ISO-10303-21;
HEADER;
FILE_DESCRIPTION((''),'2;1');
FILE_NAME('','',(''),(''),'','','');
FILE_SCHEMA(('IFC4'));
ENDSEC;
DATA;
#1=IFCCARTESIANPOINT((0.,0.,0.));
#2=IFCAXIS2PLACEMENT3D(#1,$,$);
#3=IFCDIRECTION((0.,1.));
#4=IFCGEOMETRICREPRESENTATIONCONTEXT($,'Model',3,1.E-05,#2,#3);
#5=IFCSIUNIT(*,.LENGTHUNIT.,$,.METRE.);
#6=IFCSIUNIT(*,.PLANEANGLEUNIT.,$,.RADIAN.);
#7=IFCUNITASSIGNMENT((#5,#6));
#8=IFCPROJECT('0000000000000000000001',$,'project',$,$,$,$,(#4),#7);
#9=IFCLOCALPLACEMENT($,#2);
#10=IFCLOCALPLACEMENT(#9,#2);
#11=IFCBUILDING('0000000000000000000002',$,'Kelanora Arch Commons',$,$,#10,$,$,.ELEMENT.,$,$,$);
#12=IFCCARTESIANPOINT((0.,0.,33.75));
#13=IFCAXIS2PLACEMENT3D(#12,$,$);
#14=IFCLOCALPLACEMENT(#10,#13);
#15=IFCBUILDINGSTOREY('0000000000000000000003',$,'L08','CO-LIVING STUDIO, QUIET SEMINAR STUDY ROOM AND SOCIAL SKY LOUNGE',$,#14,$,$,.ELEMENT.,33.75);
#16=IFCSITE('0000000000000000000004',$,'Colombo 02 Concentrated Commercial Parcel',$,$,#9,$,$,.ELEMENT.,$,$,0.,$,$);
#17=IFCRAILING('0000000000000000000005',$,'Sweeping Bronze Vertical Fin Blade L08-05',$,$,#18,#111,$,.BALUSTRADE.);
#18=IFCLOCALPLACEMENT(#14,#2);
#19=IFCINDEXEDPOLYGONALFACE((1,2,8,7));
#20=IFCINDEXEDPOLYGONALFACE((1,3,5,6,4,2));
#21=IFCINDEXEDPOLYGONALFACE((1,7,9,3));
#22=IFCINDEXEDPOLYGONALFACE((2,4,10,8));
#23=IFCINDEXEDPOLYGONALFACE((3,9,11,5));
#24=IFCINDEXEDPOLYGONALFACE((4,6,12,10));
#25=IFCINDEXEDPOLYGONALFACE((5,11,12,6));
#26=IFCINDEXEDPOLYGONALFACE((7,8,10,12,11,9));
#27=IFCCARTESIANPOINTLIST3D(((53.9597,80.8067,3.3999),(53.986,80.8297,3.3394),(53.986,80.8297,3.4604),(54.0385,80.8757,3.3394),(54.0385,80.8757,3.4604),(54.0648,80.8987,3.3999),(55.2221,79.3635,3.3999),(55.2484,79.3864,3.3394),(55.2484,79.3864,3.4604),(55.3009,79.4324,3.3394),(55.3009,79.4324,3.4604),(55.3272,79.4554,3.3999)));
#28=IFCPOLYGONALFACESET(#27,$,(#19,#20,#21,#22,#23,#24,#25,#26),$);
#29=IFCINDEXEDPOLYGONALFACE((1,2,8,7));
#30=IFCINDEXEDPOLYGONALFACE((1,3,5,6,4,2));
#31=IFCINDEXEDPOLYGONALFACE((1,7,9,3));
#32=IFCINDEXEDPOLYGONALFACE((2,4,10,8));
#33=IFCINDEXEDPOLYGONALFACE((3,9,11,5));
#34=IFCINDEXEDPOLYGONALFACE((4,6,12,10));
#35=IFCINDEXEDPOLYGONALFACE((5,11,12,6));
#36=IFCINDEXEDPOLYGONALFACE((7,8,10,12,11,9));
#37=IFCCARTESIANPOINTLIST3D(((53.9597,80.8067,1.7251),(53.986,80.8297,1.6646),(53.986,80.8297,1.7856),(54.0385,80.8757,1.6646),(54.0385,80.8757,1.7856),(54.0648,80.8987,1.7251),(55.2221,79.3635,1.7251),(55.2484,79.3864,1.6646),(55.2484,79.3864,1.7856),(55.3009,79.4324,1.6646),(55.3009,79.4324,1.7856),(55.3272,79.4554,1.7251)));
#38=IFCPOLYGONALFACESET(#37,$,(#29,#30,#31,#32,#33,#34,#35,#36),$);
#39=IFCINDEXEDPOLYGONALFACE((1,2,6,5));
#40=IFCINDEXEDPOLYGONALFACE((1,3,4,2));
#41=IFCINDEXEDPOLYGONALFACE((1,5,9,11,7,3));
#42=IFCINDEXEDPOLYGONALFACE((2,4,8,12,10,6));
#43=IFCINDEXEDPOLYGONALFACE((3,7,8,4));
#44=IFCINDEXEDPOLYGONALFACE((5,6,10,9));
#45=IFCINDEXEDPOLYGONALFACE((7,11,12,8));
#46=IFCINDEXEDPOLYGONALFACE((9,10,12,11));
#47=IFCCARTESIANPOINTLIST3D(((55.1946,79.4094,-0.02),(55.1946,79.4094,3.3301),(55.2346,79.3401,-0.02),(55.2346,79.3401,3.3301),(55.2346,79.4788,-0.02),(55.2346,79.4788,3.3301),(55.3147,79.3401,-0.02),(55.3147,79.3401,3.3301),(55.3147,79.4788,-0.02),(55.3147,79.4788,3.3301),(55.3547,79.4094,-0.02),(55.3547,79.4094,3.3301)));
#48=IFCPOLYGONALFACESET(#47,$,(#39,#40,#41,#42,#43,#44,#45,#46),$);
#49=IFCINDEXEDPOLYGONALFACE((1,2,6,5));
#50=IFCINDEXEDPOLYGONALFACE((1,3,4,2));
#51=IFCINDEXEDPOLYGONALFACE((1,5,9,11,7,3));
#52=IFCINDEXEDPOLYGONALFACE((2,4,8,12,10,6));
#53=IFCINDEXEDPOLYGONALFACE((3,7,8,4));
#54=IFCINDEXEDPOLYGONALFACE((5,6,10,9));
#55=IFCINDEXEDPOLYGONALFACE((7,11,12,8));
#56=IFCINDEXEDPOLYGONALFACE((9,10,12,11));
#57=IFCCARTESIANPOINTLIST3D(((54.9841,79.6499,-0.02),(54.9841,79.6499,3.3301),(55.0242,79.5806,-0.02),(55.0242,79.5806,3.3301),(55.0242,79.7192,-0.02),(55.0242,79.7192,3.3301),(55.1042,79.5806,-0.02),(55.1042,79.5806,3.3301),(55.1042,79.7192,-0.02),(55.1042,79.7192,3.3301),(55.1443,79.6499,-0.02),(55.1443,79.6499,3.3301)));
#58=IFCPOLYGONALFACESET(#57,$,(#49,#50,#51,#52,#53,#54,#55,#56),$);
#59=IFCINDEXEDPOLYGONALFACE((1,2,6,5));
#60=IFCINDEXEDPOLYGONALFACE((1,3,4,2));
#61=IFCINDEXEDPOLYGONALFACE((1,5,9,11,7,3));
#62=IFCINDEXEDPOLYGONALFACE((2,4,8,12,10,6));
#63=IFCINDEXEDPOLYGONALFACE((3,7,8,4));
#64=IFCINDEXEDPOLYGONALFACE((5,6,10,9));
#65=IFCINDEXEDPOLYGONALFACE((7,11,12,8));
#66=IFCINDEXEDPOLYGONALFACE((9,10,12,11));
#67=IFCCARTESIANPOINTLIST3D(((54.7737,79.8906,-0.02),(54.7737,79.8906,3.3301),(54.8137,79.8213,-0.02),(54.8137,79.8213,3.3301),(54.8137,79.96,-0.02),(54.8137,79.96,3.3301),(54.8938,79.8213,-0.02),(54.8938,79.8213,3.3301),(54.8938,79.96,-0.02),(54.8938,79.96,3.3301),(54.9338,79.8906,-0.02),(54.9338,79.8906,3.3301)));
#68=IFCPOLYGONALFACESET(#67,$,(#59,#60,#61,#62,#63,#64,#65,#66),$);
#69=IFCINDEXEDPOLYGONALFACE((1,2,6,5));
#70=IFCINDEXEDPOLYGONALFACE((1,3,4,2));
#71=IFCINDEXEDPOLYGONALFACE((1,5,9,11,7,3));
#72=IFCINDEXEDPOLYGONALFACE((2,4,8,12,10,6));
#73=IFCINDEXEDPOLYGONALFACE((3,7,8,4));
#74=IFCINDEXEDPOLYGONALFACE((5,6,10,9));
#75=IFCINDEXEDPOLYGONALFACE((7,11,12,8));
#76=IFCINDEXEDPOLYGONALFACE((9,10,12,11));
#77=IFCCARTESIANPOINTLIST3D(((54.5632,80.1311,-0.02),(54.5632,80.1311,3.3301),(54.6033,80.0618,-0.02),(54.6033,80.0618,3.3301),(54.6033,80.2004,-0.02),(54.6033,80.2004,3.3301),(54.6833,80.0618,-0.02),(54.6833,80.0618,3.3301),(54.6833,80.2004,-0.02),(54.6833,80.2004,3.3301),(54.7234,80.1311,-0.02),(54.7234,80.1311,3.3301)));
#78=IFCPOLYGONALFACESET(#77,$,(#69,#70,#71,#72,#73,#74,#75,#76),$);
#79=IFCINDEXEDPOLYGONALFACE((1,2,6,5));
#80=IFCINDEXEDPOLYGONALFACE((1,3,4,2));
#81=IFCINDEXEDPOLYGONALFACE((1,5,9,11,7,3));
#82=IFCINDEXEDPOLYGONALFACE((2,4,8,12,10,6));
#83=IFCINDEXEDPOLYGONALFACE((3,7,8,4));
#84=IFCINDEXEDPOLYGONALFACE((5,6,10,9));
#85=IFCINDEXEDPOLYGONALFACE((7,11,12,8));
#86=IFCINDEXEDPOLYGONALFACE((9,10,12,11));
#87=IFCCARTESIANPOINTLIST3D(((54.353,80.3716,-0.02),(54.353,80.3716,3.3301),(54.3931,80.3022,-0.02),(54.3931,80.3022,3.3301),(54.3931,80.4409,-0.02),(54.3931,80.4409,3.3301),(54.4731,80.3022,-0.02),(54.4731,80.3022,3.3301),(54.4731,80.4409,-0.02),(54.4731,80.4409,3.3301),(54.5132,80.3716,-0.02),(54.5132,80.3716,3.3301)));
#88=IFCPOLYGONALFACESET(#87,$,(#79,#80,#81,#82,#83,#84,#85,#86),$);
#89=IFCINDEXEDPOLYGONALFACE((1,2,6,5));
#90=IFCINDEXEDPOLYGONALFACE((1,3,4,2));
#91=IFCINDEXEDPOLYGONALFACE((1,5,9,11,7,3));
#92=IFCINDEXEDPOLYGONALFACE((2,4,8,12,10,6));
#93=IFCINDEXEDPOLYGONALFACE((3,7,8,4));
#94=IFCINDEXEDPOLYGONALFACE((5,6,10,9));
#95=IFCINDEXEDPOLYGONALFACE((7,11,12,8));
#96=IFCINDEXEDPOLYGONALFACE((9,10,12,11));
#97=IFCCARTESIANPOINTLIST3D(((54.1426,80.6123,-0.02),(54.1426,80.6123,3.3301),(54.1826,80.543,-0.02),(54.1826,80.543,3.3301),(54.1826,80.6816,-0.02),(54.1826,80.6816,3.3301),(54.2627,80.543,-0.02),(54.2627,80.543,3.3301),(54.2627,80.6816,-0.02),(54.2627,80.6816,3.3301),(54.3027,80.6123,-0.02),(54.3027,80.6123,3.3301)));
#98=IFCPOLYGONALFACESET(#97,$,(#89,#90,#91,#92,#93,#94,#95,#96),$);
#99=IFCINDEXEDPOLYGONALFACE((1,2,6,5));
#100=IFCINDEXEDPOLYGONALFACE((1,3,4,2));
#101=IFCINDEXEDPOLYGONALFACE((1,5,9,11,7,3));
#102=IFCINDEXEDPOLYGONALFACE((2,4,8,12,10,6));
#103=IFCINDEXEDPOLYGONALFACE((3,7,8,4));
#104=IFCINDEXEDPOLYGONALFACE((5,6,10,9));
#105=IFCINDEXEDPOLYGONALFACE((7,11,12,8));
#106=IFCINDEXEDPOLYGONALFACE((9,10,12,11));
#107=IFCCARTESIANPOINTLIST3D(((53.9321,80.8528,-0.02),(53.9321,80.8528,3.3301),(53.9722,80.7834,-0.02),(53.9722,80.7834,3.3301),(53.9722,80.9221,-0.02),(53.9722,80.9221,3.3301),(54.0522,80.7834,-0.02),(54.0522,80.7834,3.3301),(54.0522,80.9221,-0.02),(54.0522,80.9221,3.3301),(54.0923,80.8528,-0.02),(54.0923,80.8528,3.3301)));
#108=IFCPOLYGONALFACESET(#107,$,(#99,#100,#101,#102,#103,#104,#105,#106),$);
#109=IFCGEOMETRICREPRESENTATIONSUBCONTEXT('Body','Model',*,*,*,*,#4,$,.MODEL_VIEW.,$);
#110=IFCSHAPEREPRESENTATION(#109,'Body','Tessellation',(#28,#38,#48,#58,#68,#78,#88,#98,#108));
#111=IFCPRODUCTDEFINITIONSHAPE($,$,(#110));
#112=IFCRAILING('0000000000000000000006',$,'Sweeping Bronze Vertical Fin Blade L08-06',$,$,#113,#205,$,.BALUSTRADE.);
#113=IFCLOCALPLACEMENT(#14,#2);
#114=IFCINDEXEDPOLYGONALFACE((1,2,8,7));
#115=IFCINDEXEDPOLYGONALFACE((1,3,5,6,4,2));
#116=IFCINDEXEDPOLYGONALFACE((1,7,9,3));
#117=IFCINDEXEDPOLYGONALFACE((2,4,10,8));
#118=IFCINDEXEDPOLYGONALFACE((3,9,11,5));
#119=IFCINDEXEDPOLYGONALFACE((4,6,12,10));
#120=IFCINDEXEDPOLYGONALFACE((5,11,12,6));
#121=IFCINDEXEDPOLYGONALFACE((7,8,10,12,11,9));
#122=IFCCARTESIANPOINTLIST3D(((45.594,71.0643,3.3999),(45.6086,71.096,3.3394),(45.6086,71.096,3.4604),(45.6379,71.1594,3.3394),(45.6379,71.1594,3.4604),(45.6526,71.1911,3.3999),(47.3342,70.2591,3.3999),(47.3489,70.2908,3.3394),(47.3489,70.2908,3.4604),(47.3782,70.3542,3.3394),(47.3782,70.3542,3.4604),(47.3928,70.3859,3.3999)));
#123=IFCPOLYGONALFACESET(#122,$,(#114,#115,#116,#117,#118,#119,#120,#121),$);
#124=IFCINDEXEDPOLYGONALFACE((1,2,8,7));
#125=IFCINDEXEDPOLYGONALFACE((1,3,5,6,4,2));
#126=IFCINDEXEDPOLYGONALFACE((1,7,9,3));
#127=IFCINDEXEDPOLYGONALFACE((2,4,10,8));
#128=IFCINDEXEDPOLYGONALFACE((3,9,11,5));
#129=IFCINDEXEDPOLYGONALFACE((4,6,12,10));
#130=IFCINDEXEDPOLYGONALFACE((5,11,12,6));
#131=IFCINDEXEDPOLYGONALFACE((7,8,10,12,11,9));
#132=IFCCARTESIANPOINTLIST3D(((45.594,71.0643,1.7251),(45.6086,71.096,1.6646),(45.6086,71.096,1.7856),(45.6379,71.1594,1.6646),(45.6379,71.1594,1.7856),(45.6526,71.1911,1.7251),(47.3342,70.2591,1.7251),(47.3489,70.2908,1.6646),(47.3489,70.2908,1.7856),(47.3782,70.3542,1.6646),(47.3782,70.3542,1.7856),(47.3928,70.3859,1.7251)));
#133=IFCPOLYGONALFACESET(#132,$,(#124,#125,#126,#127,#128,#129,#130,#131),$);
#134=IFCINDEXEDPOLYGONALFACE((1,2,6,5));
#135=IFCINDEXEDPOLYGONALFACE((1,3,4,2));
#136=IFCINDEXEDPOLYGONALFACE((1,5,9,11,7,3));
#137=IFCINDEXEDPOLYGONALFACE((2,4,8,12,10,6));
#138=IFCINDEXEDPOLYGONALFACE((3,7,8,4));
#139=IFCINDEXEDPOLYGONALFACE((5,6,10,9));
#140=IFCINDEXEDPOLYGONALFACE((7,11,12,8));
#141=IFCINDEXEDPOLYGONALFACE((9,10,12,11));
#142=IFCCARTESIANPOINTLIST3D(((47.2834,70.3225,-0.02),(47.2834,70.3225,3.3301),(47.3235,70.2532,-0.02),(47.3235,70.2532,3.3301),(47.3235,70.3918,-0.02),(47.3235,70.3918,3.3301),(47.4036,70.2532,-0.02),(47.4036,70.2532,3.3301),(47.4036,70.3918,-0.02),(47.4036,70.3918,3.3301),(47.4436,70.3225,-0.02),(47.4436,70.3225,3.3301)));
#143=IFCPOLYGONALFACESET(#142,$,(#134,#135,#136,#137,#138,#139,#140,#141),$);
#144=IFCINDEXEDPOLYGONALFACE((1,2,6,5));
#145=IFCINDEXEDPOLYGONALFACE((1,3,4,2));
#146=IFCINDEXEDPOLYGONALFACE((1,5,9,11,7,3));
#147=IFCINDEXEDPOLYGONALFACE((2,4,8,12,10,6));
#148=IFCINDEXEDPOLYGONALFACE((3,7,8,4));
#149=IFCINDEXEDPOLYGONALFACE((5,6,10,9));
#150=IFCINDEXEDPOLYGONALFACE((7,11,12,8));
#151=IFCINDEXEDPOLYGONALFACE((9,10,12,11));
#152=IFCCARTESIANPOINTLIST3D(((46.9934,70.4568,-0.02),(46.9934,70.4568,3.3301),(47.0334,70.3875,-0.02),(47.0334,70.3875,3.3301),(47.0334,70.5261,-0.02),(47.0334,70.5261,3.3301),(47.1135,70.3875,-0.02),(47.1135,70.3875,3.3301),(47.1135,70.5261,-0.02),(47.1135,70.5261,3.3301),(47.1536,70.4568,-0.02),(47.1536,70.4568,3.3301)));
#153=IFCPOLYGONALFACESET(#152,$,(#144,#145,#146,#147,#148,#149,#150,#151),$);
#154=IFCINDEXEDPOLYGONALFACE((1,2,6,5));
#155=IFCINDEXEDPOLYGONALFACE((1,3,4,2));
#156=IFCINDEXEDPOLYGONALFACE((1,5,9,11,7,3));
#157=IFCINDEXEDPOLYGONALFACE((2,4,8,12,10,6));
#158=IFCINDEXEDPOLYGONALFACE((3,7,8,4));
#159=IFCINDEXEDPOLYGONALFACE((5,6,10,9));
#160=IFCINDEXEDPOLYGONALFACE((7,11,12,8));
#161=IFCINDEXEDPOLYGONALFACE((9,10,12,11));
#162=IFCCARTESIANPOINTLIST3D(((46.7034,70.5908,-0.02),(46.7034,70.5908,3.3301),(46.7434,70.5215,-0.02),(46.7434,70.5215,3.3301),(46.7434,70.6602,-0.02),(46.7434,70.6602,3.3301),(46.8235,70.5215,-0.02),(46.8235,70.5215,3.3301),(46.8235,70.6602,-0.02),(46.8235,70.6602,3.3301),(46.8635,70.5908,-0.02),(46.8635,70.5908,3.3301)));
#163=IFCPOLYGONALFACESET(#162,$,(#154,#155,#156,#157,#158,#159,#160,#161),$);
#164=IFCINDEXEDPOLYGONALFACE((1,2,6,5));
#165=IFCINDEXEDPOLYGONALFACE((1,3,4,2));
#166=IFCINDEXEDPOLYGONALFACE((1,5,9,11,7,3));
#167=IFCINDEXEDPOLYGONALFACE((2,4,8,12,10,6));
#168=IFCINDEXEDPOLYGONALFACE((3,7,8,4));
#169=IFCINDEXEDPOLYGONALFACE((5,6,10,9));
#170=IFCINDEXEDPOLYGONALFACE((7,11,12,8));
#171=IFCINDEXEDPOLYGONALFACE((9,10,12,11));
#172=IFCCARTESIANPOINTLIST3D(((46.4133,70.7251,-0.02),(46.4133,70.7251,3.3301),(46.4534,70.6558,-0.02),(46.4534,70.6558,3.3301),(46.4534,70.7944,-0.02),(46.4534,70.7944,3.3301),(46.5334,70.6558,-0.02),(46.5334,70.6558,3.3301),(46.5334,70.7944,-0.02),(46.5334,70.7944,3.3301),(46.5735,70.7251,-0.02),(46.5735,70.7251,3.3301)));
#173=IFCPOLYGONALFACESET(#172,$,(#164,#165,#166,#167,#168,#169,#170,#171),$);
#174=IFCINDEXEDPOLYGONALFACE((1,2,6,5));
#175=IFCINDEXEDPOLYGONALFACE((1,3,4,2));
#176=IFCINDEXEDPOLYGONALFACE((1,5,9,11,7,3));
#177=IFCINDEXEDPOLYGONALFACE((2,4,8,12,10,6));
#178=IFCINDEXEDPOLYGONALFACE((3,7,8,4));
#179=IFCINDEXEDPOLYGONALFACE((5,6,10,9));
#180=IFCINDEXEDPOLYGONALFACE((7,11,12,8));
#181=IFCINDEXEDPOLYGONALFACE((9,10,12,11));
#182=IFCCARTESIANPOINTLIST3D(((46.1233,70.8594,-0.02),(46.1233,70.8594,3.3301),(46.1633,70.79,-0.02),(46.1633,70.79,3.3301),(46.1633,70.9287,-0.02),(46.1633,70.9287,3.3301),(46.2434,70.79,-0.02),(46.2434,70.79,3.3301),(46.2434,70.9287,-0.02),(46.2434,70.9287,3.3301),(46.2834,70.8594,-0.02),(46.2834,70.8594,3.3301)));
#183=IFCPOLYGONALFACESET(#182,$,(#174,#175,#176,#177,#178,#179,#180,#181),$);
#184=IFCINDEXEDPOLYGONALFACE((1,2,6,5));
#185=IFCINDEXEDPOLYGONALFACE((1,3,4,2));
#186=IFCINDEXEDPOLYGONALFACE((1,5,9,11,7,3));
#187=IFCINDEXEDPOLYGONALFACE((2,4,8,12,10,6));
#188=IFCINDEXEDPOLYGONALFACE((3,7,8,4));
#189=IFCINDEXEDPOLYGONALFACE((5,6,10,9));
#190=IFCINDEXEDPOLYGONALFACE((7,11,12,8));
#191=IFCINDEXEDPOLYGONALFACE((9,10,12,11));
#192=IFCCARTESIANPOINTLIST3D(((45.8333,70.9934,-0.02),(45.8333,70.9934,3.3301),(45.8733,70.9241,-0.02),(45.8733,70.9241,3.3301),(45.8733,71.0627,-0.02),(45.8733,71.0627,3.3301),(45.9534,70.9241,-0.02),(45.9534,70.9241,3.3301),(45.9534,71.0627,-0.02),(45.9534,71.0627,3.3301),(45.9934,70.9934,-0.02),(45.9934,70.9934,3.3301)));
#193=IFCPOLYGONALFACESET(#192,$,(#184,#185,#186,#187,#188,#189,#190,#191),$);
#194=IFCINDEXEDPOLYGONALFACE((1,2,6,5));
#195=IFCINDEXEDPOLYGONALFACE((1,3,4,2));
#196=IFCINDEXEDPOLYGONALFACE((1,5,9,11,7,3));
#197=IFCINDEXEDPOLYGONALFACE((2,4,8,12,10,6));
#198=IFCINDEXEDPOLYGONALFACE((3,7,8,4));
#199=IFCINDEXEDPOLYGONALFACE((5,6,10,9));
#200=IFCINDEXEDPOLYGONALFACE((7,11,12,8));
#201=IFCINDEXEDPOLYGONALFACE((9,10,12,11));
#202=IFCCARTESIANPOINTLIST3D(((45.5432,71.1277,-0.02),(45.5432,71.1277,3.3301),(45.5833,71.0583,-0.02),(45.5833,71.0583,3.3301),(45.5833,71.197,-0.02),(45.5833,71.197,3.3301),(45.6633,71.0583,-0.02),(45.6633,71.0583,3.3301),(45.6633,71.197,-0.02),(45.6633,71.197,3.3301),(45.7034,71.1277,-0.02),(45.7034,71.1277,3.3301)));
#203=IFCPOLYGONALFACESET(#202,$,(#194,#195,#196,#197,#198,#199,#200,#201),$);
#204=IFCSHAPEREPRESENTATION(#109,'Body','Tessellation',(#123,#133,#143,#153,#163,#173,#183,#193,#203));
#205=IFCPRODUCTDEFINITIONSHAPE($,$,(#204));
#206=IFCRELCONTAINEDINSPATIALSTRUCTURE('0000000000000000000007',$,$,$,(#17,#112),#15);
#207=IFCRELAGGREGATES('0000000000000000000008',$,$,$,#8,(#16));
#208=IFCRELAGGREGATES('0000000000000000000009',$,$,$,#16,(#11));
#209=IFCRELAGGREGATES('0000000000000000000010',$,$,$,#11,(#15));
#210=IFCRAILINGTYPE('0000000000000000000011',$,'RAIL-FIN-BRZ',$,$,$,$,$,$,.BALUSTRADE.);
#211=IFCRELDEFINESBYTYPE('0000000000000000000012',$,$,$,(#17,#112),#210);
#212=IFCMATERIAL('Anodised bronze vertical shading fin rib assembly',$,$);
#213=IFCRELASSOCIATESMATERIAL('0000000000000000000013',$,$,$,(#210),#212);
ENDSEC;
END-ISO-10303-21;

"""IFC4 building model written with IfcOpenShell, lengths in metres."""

from ifc_helpers import new_model, si_unit, direction, frame, origin, place, context, subcontext, project, spatial, polyline, outline, extrude, material, type_object, element, save


model = new_model("IFC4")

# Units and contexts
model_context = context("Model", 3, precision=1e-05, world=origin(), true_north=direction((0.0, 1.0)))
body_context = subcontext(model_context, "Body", "Model", "MODEL_VIEW")
ifc_project = project(units=[si_unit("LENGTHUNIT", "METRE"), si_unit("PLANEANGLEUNIT", "RADIAN")], contexts=[model_context])

# Site, building, storey
site_placement = place(None, origin())
site = spatial("IfcSite", under=ifc_project, at=site_placement, Name="Colombo 02 Concentrated Commercial Parcel", CompositionType="ELEMENT", RefElevation=0.0)
building_placement = place(site_placement, origin())
building = spatial("IfcBuilding", under=site, at=building_placement, Name="Kelanora Arch Commons", CompositionType="ELEMENT")
storey_placement = place(building_placement, frame((0.0, 0.0, 33.75)))
storey = spatial("IfcBuildingStorey", under=building, at=storey_placement, Name="L08", Description="CO-LIVING STUDIO, QUIET SEMINAR STUDY ROOM AND SOCIAL SKY LOUNGE", CompositionType="ELEMENT", Elevation=33.75)

# Railings
ifc_material_1 = material(Name="Anodised bronze vertical shading fin rib assembly")
railing_type = type_object("IfcRailingType", Name="RAIL-FIN-BRZ", PredefinedType="BALUSTRADE", material=ifc_material_1)
railing_1_placement = place(storey_placement, frame((55.2747, 79.4094, -0.02)))
element("IfcRailing", 1, at=railing_1_placement, inside=storey, type_object=railing_type, Name="Sweeping Bronze Vertical Fin Blade L08-05", PredefinedType="BALUSTRADE", context=body_context, shape_type="SweptSolid", body=[
    extrude(outline(polyline([(0.0698, 0.0), (0.0349, 0.0605), (-0.0349, 0.0605), (-0.0698, 0.0), (-0.0349, -0.0605), (0.0349, -0.0605), (0.0698, 0.0)])), frame((0.0, 0.0, 3.4199), z_axis=(-0.65836, 0.752703, 0.0), x_axis=(-0.752703, -0.65836, 0.0)), (0.0, 0.0, 1.0), 1.9175),
    extrude(outline(polyline([(0.0698, 0.0), (0.0349, 0.0605), (-0.0349, 0.0605), (-0.0698, 0.0), (-0.0349, -0.0605), (0.0349, -0.0605), (0.0698, 0.0)])), frame((0.0, 0.0, 1.7451), z_axis=(-0.65836, 0.752703, 0.0), x_axis=(-0.752703, -0.65836, 0.0)), (0.0, 0.0, 1.0), 1.9175),
    extrude(outline(polyline([(0.0801, 0.0), (0.04, 0.0693), (-0.04, 0.0693), (-0.0801, 0.0), (-0.04, -0.0693), (0.04, -0.0693), (0.0801, 0.0)])), origin(), (0.0, 0.0, 1.0), 3.3501),
    extrude(outline(polyline([(0.0801, 0.0), (0.04, 0.0693), (-0.04, 0.0693), (-0.0801, 0.0), (-0.04, -0.0693), (0.04, -0.0693), (0.0801, 0.0)])), frame((-0.2104, 0.2405, 0.0)), (0.0, 0.0, 1.0), 3.3501),
    extrude(outline(polyline([(0.0801, 0.0), (0.04, 0.0693), (-0.04, 0.0693), (-0.0801, 0.0), (-0.04, -0.0693), (0.04, -0.0693), (0.0801, 0.0)])), frame((-0.4209, 0.4812, 0.0)), (0.0, 0.0, 1.0), 3.3501),
    extrude(outline(polyline([(0.0801, 0.0), (0.04, 0.0693), (-0.04, 0.0693), (-0.0801, 0.0), (-0.04, -0.0693), (0.04, -0.0693), (0.0801, 0.0)])), frame((-0.6313, 0.7217, 0.0)), (0.0, 0.0, 1.0), 3.3501),
    extrude(outline(polyline([(0.0801, 0.0), (0.04, 0.0693), (-0.04, 0.0693), (-0.0801, 0.0), (-0.04, -0.0693), (0.04, -0.0693), (0.0801, 0.0)])), frame((-0.8416, 0.9622, 0.0)), (0.0, 0.0, 1.0), 3.3501),
    extrude(outline(polyline([(0.0801, 0.0), (0.04, 0.0693), (-0.04, 0.0693), (-0.0801, 0.0), (-0.04, -0.0693), (0.04, -0.0693), (0.0801, 0.0)])), frame((-1.052, 1.2029, 0.0)), (0.0, 0.0, 1.0), 3.3501),
    extrude(outline(polyline([(0.0801, 0.0), (0.04, 0.0693), (-0.04, 0.0693), (-0.0801, 0.0), (-0.04, -0.0693), (0.04, -0.0693), (0.0801, 0.0)])), frame((-1.2625, 1.4434, 0.0)), (0.0, 0.0, 1.0), 3.3501),
])
railing_2_placement = place(storey_placement, frame((47.3635, 70.3225, -0.02)))
element("IfcRailing", 2, at=railing_2_placement, inside=storey, type_object=railing_type, Name="Sweeping Bronze Vertical Fin Blade L08-06", PredefinedType="BALUSTRADE", context=body_context, shape_type="SweptSolid", body=[
    extrude(outline(polyline([(0.0698, 0.0), (0.0349, 0.0605), (-0.0349, 0.0605), (-0.0698, 0.0), (-0.0349, -0.0605), (0.0349, -0.0605), (0.0698, 0.0)])), frame((0.0, 0.0, 3.4199), z_axis=(-0.907564, 0.419914, 0.0), x_axis=(-0.419914, -0.907564, 0.0)), (0.0, 0.0, 1.0), 1.9175),
    extrude(outline(polyline([(0.0698, 0.0), (0.0349, 0.0605), (-0.0349, 0.0605), (-0.0698, 0.0), (-0.0349, -0.0605), (0.0349, -0.0605), (0.0698, 0.0)])), frame((0.0, 0.0, 1.7451), z_axis=(-0.907564, 0.419914, 0.0), x_axis=(-0.419914, -0.907564, 0.0)), (0.0, 0.0, 1.0), 1.9175),
    extrude(outline(polyline([(0.0801, 0.0), (0.04, 0.0693), (-0.04, 0.0693), (-0.0801, 0.0), (-0.04, -0.0693), (0.04, -0.0693), (0.0801, 0.0)])), origin(), (0.0, 0.0, 1.0), 3.3501),
    extrude(outline(polyline([(0.0801, 0.0), (0.04, 0.0693), (-0.04, 0.0693), (-0.0801, 0.0), (-0.04, -0.0693), (0.04, -0.0693), (0.0801, 0.0)])), frame((-0.29, 0.1343, 0.0)), (0.0, 0.0, 1.0), 3.3501),
    extrude(outline(polyline([(0.0801, 0.0), (0.04, 0.0693), (-0.04, 0.0693), (-0.0801, 0.0), (-0.04, -0.0693), (0.04, -0.0693), (0.0801, 0.0)])), frame((-0.5801, 0.2683, 0.0)), (0.0, 0.0, 1.0), 3.3501),
    extrude(outline(polyline([(0.0801, 0.0), (0.04, 0.0693), (-0.04, 0.0693), (-0.0801, 0.0), (-0.04, -0.0693), (0.04, -0.0693), (0.0801, 0.0)])), frame((-0.8701, 0.4026, 0.0)), (0.0, 0.0, 1.0), 3.3501),
    extrude(outline(polyline([(0.0801, 0.0), (0.04, 0.0693), (-0.04, 0.0693), (-0.0801, 0.0), (-0.04, -0.0693), (0.04, -0.0693), (0.0801, 0.0)])), frame((-1.1602, 0.5369, 0.0)), (0.0, 0.0, 1.0), 3.3501),
    extrude(outline(polyline([(0.0801, 0.0), (0.04, 0.0693), (-0.04, 0.0693), (-0.0801, 0.0), (-0.04, -0.0693), (0.04, -0.0693), (0.0801, 0.0)])), frame((-1.4502, 0.6709, 0.0)), (0.0, 0.0, 1.0), 3.3501),
    extrude(outline(polyline([(0.0801, 0.0), (0.04, 0.0693), (-0.04, 0.0693), (-0.0801, 0.0), (-0.04, -0.0693), (0.04, -0.0693), (0.0801, 0.0)])), frame((-1.7402, 0.8052, 0.0)), (0.0, 0.0, 1.0), 3.3501),
])

save(model, "model.ifc")
